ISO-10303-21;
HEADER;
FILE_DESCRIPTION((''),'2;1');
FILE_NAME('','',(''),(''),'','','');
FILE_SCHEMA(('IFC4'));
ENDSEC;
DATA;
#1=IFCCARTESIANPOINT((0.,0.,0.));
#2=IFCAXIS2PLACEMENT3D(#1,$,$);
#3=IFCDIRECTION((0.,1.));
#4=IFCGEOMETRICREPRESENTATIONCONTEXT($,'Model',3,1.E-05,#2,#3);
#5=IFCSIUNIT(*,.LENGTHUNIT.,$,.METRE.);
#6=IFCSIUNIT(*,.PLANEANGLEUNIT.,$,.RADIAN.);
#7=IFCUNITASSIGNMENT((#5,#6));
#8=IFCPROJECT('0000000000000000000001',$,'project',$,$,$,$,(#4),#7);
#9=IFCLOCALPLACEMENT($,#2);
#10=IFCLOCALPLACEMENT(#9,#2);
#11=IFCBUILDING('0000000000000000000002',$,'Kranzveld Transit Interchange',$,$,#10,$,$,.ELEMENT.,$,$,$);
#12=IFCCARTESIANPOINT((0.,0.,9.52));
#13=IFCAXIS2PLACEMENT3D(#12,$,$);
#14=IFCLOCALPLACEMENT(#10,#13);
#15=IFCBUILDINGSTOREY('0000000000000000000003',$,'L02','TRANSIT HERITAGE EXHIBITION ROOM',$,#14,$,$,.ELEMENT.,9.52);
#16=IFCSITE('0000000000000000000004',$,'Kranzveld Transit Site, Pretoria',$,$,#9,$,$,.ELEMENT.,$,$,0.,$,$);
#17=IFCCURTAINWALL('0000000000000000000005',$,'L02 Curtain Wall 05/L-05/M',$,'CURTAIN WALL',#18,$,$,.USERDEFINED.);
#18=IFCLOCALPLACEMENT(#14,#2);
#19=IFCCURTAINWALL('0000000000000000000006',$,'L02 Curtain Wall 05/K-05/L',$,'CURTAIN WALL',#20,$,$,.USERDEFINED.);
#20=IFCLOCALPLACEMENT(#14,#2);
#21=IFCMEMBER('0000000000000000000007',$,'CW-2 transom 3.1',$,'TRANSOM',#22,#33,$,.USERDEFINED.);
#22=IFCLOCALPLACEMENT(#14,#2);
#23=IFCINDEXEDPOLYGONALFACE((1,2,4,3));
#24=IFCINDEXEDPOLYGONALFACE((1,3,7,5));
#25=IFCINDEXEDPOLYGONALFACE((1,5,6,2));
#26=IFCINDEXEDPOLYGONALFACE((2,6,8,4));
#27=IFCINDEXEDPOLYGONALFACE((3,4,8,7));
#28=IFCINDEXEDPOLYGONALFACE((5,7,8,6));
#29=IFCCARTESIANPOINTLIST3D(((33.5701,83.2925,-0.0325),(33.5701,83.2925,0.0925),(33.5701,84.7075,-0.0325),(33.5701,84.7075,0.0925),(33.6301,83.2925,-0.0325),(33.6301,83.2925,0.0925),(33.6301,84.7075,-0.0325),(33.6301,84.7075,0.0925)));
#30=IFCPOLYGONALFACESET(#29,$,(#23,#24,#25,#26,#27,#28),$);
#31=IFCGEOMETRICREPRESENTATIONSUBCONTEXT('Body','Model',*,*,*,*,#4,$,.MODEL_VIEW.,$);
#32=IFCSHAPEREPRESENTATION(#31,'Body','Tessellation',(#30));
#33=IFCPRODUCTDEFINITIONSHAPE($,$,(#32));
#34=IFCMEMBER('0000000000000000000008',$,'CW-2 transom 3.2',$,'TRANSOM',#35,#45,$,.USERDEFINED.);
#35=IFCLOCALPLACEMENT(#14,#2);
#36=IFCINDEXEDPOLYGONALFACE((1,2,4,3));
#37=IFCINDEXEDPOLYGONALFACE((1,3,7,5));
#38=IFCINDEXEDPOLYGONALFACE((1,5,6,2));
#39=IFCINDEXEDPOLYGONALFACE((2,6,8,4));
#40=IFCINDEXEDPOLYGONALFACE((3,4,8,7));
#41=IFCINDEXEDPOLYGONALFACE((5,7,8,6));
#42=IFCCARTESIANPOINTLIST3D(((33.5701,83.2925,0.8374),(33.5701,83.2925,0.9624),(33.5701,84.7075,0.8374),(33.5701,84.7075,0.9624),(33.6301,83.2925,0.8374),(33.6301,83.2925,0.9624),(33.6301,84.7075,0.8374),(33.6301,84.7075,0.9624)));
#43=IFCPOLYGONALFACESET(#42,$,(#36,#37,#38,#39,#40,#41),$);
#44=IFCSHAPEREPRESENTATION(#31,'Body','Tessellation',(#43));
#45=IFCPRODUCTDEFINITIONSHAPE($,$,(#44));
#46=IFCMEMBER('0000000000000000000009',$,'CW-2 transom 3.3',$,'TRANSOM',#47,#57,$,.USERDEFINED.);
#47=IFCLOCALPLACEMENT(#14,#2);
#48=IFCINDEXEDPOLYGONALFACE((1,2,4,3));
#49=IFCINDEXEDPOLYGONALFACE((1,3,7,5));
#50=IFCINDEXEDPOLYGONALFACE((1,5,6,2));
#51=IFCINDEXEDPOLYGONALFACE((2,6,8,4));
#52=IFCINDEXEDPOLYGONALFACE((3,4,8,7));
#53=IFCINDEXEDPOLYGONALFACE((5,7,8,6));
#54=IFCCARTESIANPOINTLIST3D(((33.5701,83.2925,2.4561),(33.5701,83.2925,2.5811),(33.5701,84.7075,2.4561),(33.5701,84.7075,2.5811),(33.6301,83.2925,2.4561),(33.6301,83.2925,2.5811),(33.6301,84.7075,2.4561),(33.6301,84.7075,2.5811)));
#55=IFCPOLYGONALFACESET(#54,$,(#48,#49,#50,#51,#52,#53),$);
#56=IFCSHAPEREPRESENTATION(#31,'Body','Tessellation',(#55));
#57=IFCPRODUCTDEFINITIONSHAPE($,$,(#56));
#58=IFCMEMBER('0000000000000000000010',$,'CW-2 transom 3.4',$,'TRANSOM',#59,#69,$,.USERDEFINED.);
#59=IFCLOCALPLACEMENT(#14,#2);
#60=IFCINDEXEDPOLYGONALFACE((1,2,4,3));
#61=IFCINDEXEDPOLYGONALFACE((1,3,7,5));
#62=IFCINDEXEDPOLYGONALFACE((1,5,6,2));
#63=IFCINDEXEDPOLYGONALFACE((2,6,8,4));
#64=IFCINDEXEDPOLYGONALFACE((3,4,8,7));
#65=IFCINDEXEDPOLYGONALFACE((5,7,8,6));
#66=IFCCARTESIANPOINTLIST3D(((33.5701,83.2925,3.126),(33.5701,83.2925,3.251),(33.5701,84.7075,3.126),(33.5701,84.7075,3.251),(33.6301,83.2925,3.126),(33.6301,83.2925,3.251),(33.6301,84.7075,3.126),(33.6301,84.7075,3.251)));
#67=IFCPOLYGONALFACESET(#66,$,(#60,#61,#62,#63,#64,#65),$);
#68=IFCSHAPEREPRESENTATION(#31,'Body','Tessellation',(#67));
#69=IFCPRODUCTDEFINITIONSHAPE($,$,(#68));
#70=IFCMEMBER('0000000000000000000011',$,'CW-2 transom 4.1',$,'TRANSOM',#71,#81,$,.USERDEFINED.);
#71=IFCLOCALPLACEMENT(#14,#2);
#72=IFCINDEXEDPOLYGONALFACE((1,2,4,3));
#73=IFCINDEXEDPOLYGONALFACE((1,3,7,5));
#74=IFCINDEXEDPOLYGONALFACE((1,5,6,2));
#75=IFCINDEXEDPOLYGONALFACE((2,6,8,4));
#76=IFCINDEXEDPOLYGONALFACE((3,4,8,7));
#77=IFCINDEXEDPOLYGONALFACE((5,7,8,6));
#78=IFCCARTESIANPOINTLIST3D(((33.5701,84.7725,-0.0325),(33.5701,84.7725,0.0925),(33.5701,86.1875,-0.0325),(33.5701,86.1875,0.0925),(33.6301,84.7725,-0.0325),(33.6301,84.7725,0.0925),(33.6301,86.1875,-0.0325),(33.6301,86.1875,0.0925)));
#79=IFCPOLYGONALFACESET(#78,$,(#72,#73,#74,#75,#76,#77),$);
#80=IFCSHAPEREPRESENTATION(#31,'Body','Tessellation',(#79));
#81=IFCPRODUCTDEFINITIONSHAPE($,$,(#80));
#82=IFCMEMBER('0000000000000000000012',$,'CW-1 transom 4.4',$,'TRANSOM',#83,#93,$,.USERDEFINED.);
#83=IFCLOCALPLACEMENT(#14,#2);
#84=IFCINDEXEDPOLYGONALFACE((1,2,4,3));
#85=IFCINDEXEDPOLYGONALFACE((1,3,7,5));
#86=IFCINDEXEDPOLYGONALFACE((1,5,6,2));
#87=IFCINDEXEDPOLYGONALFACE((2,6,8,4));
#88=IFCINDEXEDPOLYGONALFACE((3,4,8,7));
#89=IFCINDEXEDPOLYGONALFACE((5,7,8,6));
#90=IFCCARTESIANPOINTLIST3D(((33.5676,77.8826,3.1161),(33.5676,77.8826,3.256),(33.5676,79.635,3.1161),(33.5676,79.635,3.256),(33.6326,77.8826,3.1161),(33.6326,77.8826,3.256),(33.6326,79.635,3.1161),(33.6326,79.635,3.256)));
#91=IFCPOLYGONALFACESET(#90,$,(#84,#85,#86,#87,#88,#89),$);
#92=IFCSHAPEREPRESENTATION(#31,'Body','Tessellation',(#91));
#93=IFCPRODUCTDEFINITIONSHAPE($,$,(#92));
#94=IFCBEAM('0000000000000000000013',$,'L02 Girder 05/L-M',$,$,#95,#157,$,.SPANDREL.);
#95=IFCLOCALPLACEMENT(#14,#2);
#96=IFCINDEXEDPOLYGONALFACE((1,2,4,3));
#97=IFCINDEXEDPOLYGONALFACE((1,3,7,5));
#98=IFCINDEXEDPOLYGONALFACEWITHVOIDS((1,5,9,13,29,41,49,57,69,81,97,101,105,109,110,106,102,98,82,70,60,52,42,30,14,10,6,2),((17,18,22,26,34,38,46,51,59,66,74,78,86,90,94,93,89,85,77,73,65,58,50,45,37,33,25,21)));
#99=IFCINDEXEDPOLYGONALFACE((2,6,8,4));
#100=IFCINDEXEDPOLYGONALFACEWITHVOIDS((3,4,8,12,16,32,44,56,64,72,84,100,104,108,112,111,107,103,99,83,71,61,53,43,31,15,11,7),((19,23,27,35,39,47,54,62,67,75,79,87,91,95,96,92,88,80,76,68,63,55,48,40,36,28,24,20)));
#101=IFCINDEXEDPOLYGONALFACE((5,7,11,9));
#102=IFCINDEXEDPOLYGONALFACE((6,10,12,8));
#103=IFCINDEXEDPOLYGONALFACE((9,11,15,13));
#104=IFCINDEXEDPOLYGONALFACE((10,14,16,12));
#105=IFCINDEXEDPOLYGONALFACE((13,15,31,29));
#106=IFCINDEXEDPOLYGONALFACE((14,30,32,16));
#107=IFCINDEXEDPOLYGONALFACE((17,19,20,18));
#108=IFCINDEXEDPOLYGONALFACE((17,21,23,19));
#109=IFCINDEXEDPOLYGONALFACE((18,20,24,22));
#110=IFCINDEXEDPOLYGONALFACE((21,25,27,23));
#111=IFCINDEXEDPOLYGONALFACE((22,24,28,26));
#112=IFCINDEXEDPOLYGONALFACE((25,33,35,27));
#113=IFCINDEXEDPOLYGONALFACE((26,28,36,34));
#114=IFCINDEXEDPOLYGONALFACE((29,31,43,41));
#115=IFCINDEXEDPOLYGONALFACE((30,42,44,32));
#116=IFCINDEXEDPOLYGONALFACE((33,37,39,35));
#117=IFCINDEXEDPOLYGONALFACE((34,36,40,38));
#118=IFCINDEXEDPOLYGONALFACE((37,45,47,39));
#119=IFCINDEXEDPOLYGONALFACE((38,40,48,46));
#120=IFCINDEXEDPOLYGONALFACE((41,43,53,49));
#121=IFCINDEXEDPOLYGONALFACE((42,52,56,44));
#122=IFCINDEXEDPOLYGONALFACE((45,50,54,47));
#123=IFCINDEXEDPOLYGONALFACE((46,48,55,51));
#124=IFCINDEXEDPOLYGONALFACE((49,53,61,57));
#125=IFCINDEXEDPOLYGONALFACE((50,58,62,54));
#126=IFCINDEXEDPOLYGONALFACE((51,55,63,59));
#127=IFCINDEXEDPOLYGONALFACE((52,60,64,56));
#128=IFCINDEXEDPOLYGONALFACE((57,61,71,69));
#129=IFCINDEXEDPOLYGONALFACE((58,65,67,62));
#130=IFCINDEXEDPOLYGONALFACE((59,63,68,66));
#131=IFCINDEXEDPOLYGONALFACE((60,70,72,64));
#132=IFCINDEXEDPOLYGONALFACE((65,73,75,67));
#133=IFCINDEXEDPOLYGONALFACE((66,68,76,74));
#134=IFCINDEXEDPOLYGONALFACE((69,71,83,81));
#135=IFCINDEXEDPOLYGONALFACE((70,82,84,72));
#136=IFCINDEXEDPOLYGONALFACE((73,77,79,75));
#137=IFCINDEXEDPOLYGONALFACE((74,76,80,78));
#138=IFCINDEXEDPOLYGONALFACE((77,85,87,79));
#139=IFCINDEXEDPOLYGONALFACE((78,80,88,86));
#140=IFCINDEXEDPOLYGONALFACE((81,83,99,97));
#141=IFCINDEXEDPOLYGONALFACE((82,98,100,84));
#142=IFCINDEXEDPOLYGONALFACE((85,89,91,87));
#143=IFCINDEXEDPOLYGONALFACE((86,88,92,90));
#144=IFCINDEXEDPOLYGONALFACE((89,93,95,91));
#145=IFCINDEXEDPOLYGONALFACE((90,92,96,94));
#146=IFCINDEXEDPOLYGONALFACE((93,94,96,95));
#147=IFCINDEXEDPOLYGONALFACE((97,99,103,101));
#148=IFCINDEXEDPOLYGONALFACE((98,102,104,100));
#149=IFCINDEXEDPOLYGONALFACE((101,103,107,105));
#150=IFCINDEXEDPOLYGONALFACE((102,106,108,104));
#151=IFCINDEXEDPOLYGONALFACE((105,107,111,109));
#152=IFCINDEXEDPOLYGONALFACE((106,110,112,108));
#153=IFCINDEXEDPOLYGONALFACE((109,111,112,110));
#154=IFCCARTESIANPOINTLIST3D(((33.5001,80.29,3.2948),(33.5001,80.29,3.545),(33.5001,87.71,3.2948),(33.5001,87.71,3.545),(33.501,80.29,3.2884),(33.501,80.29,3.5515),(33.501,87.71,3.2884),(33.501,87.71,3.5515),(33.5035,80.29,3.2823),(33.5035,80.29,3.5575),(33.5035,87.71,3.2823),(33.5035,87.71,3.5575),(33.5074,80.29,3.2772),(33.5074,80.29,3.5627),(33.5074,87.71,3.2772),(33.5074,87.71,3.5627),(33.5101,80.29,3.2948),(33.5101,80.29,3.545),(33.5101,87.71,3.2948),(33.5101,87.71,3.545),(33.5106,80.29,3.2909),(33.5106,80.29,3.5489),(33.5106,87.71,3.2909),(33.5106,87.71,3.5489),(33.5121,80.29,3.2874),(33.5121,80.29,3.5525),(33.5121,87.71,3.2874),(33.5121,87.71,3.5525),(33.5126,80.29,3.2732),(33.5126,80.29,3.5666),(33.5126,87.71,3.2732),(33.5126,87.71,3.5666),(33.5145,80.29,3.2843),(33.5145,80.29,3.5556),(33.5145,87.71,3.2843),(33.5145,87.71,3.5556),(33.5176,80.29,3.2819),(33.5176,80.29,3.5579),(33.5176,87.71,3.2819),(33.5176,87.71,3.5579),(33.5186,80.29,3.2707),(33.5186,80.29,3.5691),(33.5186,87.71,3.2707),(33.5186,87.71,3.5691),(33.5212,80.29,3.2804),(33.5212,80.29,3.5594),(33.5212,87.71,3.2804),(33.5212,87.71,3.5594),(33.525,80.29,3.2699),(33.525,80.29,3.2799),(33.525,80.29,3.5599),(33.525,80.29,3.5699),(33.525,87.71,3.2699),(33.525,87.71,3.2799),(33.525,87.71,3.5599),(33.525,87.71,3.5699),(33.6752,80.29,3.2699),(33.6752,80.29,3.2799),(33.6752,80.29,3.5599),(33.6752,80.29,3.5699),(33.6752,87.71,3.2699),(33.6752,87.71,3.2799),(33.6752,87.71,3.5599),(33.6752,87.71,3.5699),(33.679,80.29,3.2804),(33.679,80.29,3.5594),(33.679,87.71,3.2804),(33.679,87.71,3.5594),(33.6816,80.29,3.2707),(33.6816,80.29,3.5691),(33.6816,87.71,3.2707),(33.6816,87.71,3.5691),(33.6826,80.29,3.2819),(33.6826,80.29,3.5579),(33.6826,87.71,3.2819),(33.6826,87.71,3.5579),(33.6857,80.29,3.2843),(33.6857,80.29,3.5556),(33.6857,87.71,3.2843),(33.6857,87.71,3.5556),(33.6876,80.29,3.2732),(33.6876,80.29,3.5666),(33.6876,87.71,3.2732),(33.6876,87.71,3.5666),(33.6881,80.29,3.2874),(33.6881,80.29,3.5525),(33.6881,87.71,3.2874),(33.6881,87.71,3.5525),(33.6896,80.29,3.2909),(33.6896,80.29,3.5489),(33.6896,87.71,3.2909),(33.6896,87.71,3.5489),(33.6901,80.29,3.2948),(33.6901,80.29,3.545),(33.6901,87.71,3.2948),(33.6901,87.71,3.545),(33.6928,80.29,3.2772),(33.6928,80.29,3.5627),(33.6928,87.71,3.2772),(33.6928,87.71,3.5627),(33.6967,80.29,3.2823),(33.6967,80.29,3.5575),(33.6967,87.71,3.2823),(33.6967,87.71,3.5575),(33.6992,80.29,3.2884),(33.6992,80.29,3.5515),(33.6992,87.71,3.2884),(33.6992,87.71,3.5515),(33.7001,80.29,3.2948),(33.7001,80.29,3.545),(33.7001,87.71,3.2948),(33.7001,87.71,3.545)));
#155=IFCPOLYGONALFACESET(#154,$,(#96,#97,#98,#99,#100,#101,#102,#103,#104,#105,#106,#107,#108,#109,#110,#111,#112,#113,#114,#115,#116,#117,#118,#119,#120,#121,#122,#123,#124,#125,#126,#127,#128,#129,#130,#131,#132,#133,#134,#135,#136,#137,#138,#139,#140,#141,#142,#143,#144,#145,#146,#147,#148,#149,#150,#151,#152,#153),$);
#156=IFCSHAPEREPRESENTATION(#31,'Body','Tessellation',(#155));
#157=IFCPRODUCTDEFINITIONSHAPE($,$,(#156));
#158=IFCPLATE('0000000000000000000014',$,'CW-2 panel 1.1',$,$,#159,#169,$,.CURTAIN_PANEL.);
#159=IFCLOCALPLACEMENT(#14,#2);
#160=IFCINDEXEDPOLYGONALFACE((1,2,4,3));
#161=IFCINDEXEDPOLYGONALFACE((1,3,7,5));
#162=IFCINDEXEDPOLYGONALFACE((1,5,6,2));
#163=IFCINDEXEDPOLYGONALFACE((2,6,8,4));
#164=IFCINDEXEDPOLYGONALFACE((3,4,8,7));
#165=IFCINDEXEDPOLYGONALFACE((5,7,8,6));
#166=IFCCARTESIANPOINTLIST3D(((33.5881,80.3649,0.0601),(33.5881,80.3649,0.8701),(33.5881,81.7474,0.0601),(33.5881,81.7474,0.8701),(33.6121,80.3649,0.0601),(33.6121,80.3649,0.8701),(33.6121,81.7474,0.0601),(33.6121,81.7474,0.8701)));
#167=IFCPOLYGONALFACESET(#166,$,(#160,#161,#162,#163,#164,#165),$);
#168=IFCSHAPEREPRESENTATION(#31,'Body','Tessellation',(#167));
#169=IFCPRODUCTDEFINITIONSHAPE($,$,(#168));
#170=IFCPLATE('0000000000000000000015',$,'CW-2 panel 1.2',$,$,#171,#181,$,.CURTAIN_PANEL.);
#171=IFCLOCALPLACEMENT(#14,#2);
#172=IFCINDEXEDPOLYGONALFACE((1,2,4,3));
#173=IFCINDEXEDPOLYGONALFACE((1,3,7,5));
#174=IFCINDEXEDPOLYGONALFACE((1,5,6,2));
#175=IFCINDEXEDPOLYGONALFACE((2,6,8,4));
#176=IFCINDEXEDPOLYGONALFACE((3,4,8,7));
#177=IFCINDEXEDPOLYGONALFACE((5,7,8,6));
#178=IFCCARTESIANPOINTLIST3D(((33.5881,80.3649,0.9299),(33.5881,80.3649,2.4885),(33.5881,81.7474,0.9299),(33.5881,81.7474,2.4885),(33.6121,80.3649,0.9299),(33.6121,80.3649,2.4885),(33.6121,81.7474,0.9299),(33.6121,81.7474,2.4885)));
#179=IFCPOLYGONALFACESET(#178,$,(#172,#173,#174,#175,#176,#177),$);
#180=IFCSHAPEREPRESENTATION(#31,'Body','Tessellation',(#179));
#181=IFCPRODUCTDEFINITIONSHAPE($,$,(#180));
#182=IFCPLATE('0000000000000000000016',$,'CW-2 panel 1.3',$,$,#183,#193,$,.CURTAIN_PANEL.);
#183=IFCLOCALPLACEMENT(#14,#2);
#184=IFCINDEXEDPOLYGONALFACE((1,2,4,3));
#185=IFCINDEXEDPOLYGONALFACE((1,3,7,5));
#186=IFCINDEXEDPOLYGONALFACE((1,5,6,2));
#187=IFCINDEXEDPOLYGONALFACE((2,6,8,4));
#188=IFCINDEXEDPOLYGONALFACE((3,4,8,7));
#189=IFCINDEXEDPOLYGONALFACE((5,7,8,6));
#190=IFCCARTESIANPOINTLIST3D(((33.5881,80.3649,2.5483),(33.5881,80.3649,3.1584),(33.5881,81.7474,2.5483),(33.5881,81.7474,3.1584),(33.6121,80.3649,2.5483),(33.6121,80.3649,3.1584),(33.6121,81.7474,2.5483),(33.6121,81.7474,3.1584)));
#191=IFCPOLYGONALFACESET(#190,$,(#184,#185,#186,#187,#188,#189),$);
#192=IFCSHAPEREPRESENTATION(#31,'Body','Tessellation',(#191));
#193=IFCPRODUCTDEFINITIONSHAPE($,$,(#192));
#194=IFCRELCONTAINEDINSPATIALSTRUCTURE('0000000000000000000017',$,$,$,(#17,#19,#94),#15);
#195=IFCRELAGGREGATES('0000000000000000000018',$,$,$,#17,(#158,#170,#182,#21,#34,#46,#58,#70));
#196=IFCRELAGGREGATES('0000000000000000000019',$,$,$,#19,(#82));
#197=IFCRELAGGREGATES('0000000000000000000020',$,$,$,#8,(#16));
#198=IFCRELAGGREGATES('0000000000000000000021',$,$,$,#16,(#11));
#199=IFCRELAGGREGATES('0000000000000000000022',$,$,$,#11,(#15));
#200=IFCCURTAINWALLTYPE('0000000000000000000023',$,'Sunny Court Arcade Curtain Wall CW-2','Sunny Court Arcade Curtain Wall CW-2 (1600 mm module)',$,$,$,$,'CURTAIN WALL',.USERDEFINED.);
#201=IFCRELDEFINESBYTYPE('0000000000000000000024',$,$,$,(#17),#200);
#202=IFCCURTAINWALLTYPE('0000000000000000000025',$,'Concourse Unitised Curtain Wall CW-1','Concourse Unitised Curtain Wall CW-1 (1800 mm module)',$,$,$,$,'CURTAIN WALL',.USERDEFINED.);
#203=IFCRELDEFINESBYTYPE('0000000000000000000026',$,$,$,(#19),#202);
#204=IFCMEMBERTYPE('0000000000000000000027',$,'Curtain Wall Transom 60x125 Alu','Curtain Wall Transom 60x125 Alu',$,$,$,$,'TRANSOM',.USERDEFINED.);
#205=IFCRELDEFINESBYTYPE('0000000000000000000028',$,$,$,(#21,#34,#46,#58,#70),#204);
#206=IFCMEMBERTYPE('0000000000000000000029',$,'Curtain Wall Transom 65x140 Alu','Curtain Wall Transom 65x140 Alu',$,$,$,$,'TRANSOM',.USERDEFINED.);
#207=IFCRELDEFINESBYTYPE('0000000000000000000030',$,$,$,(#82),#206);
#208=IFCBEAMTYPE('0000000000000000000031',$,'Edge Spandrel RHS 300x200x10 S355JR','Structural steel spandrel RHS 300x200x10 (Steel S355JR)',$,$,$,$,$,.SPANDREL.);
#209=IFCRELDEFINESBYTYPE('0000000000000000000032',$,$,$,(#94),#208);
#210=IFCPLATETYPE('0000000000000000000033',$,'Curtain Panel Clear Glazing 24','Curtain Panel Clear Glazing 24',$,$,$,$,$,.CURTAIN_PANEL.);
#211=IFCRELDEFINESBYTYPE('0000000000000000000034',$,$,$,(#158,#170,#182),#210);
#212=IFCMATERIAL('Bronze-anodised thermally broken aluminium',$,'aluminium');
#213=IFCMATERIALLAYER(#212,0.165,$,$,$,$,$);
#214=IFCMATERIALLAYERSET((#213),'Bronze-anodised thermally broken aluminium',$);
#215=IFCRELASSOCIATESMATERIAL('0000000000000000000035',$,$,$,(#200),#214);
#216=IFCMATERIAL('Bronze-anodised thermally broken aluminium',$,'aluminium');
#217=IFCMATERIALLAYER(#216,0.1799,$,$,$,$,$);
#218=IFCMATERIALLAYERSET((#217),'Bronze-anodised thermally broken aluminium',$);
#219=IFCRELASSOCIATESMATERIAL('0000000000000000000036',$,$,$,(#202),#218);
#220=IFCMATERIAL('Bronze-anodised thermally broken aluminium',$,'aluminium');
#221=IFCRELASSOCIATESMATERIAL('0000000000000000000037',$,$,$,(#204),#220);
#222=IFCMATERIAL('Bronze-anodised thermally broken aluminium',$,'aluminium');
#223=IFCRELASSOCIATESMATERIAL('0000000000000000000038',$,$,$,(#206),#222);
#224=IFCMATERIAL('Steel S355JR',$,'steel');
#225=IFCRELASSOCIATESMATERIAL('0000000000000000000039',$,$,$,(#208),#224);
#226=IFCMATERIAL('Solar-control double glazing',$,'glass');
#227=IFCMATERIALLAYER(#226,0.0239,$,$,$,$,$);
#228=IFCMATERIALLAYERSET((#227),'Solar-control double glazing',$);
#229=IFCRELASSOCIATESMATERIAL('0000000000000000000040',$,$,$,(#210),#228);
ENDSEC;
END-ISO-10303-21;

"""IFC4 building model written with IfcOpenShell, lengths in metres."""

from ifc_helpers import new_model, si_unit, direction, frame, origin, origin_2d, place, context, subcontext, project, spatial, rectangle, hollow_rectangle, extrude, material, layer, layer_set, material_profile, profile_set, type_object, element, aggregate, save


model = new_model("IFC4")

# Units and contexts
model_context = context("Model", 3, precision=1e-05, world=origin(), true_north=direction((0.0, 1.0)))
body_context = subcontext(model_context, "Body", "Model", "MODEL_VIEW")
ifc_project = project(units=[si_unit("LENGTHUNIT", "METRE"), si_unit("PLANEANGLEUNIT", "RADIAN")], contexts=[model_context])

# Site, building, storey
site_placement = place(None, origin())
site = spatial("IfcSite", under=ifc_project, at=site_placement, Name="Kranzveld Transit Site, Pretoria", CompositionType="ELEMENT", RefElevation=0.0)
building_placement = place(site_placement, origin())
building = spatial("IfcBuilding", under=site, at=building_placement, Name="Kranzveld Transit Interchange", CompositionType="ELEMENT")
storey_placement = place(building_placement, frame((0.0, 0.0, 9.52)))
storey = spatial("IfcBuildingStorey", under=building, at=storey_placement, Name="L02", Description="TRANSIT HERITAGE EXHIBITION ROOM", CompositionType="ELEMENT", Elevation=9.52)

# Curtain wall
ifc_material_1 = material(Name="Bronze-anodised thermally broken aluminium", Category="aluminium")
ifc_layer_1 = layer(ifc_material_1, 0.165)
ifc_layer_set_1 = layer_set([ifc_layer_1], Name="Bronze-anodised thermally broken aluminium")
curtain_wall_type_1 = type_object("IfcCurtainWallType", Name="Sunny Court Arcade Curtain Wall CW-2", Description="Sunny Court Arcade Curtain Wall CW-2 (1600 mm module)", ElementType="CURTAIN WALL", PredefinedType="USERDEFINED", material=ifc_layer_set_1)
curtain_wall_1_placement = place(storey_placement, origin())
curtain_wall_1 = element("IfcCurtainWall", 1, at=curtain_wall_1_placement, inside=storey, type_object=curtain_wall_type_1, Name="L02 Curtain Wall 05/L-05/M", ObjectType="CURTAIN WALL", PredefinedType="USERDEFINED")

# Curtain wall
ifc_material_2 = material(Name="Bronze-anodised thermally broken aluminium", Category="aluminium")
ifc_layer_2 = layer(ifc_material_2, 0.1799)
ifc_layer_set_2 = layer_set([ifc_layer_2], Name="Bronze-anodised thermally broken aluminium")
curtain_wall_type_2 = type_object("IfcCurtainWallType", Name="Concourse Unitised Curtain Wall CW-1", Description="Concourse Unitised Curtain Wall CW-1 (1800 mm module)", ElementType="CURTAIN WALL", PredefinedType="USERDEFINED", material=ifc_layer_set_2)
curtain_wall_2_placement = place(storey_placement, origin())
curtain_wall_2 = element("IfcCurtainWall", 2, at=curtain_wall_2_placement, inside=storey, type_object=curtain_wall_type_2, Name="L02 Curtain Wall 05/K-05/L", ObjectType="CURTAIN WALL", PredefinedType="USERDEFINED")

# Members
ifc_material_3 = material(Name="Bronze-anodised thermally broken aluminium", Category="aluminium")
ifc_material_profile_1 = material_profile(ifc_material_3, rectangle(XDim=0.0601, YDim=0.125, at=origin_2d()), Name="ALU TRANSOM 60x125")
ifc_profile_set_1 = profile_set([ifc_material_profile_1], Name="Bronze-anodised thermally broken aluminium")
member_type_1 = type_object("IfcMemberType", Name="Curtain Wall Transom 60x125 Alu", Description="Curtain Wall Transom 60x125 Alu", ElementType="TRANSOM", PredefinedType="USERDEFINED", material=ifc_profile_set_1)
member_1_placement = place(storey_placement, frame((33.6001, 83.2925, 0.03), z_axis=(0.0, 1.0, 0.0), x_axis=(-1.0, 0.0, 0.0)))
member_1 = element("IfcMember", 3, at=member_1_placement, type_object=member_type_1, Name="CW-2 transom 3.1", ObjectType="TRANSOM", PredefinedType="USERDEFINED", context=body_context, shape_type="SweptSolid", body=[
    extrude(rectangle(XDim=0.0601, YDim=0.125, at=origin_2d()), origin(), (0.0, 0.0, 1.0), 1.415),
])
member_2_placement = place(storey_placement, frame((33.6001, 83.2925, 0.8999), z_axis=(0.0, 1.0, 0.0), x_axis=(-1.0, 0.0, 0.0)))
member_2 = element("IfcMember", 4, at=member_2_placement, type_object=member_type_1, Name="CW-2 transom 3.2", ObjectType="TRANSOM", PredefinedType="USERDEFINED", context=body_context, shape_type="SweptSolid", body=[
    extrude(rectangle(XDim=0.0601, YDim=0.125, at=origin_2d()), origin(), (0.0, 0.0, 1.0), 1.415),
])
member_3_placement = place(storey_placement, frame((33.6001, 83.2925, 2.5186), z_axis=(0.0, 1.0, 0.0), x_axis=(-1.0, 0.0, 0.0)))
member_3 = element("IfcMember", 5, at=member_3_placement, type_object=member_type_1, Name="CW-2 transom 3.3", ObjectType="TRANSOM", PredefinedType="USERDEFINED", context=body_context, shape_type="SweptSolid", body=[
    extrude(rectangle(XDim=0.0601, YDim=0.125, at=origin_2d()), origin(), (0.0, 0.0, 1.0), 1.415),
])
member_4_placement = place(storey_placement, frame((33.6001, 83.2925, 3.1885), z_axis=(0.0, 1.0, 0.0), x_axis=(-1.0, 0.0, 0.0)))
member_4 = element("IfcMember", 6, at=member_4_placement, type_object=member_type_1, Name="CW-2 transom 3.4", ObjectType="TRANSOM", PredefinedType="USERDEFINED", context=body_context, shape_type="SweptSolid", body=[
    extrude(rectangle(XDim=0.0601, YDim=0.125, at=origin_2d()), origin(), (0.0, 0.0, 1.0), 1.415),
])
member_5_placement = place(storey_placement, frame((33.6001, 84.7725, 0.03), z_axis=(0.0, 1.0, 0.0), x_axis=(-1.0, 0.0, 0.0)))
member_5 = element("IfcMember", 7, at=member_5_placement, type_object=member_type_1, Name="CW-2 transom 4.1", ObjectType="TRANSOM", PredefinedType="USERDEFINED", context=body_context, shape_type="SweptSolid", body=[
    extrude(rectangle(XDim=0.0601, YDim=0.125, at=origin_2d()), origin(), (0.0, 0.0, 1.0), 1.415),
])
ifc_material_4 = material(Name="Bronze-anodised thermally broken aluminium", Category="aluminium")
ifc_material_profile_2 = material_profile(ifc_material_4, rectangle(XDim=0.0649, YDim=0.1399, at=origin_2d()), Name="ALU TRANSOM 65x140")
ifc_profile_set_2 = profile_set([ifc_material_profile_2], Name="Bronze-anodised thermally broken aluminium")
member_type_2 = type_object("IfcMemberType", Name="Curtain Wall Transom 65x140 Alu", Description="Curtain Wall Transom 65x140 Alu", ElementType="TRANSOM", PredefinedType="USERDEFINED", material=ifc_profile_set_2)
member_6_placement = place(storey_placement, frame((33.6001, 77.8826, 3.186), z_axis=(0.0, 1.0, 0.0), x_axis=(-1.0, 0.0, 0.0)))
member_6 = element("IfcMember", 8, at=member_6_placement, type_object=member_type_2, Name="CW-1 transom 4.4", ObjectType="TRANSOM", PredefinedType="USERDEFINED", context=body_context, shape_type="SweptSolid", body=[
    extrude(rectangle(XDim=0.0649, YDim=0.1399, at=origin_2d()), origin(), (0.0, 0.0, 1.0), 1.7524),
])

# Beam
ifc_material_5 = material(Name="Steel S355JR", Category="steel")
ifc_material_profile_3 = material_profile(ifc_material_5, hollow_rectangle(XDim=0.2, YDim=0.3, WallThickness=0.01, InnerFilletRadius=0.0149, OuterFilletRadius=0.0249, at=origin_2d()), Name="RHS 300x200x10")
ifc_profile_set_3 = profile_set([ifc_material_profile_3], Name="Steel S355JR")
beam_type = type_object("IfcBeamType", Name="Edge Spandrel RHS 300x200x10 S355JR", Description="Structural steel spandrel RHS 300x200x10 (Steel S355JR)", PredefinedType="SPANDREL", material=ifc_profile_set_3)
beam_placement = place(storey_placement, frame((33.6001, 80.29, 3.4199), z_axis=(0.0, 1.0, 0.0), x_axis=(-1.0, 0.0, 0.0)))
element("IfcBeam", 9, at=beam_placement, inside=storey, type_object=beam_type, Name="L02 Girder 05/L-M", PredefinedType="SPANDREL", context=body_context, shape_type="SweptSolid", body=[
    extrude(hollow_rectangle(XDim=0.2, YDim=0.3, WallThickness=0.01, InnerFilletRadius=0.0149, OuterFilletRadius=0.0249, at=origin_2d()), origin(), (0.0, 0.0, 1.0), 7.4199),
])

# Plates
ifc_material_6 = material(Name="Solar-control double glazing", Category="glass")
ifc_layer_3 = layer(ifc_material_6, 0.0239)
ifc_layer_set_3 = layer_set([ifc_layer_3], Name="Solar-control double glazing")
plate_type_1 = type_object("IfcPlateType", Name="Curtain Panel Clear Glazing 24", Description="Curtain Panel Clear Glazing 24", PredefinedType="CURTAIN_PANEL", material=ifc_layer_set_3)
plate_1_placement = place(storey_placement, frame((33.6001, 81.0562, 0.0601), z_axis=(0.0, 0.0, 1.0), x_axis=(0.0, 1.0, 0.0)))
plate_1 = element("IfcPlate", 10, at=plate_1_placement, type_object=plate_type_1, Name="CW-2 panel 1.1", PredefinedType="CURTAIN_PANEL", context=body_context, shape_type="SweptSolid", body=[
    extrude(rectangle(XDim=1.3826, YDim=0.0239, at=origin_2d()), origin(), (0.0, 0.0, 1.0), 0.8101),
])
plate_2_placement = place(storey_placement, frame((33.6001, 81.0562, 0.9299), z_axis=(0.0, 0.0, 1.0), x_axis=(0.0, 1.0, 0.0)))
plate_2 = element("IfcPlate", 11, at=plate_2_placement, type_object=plate_type_1, Name="CW-2 panel 1.2", PredefinedType="CURTAIN_PANEL", context=body_context, shape_type="SweptSolid", body=[
    extrude(rectangle(XDim=1.3826, YDim=0.0239, at=origin_2d()), origin(), (0.0, 0.0, 1.0), 1.5586),
])
plate_3_placement = place(storey_placement, frame((33.6001, 81.0562, 2.5483), z_axis=(0.0, 0.0, 1.0), x_axis=(0.0, 1.0, 0.0)))
plate_3 = element("IfcPlate", 12, at=plate_3_placement, type_object=plate_type_1, Name="CW-2 panel 1.3", PredefinedType="CURTAIN_PANEL", context=body_context, shape_type="SweptSolid", body=[
    extrude(rectangle(XDim=1.3826, YDim=0.0239, at=origin_2d()), origin(), (0.0, 0.0, 1.0), 0.6101),
])
aggregate(curtain_wall_1, [plate_1, plate_2, plate_3, member_1, member_2, member_3, member_4, member_5])
aggregate(curtain_wall_2, [member_6])

save(model, "model.ifc")
